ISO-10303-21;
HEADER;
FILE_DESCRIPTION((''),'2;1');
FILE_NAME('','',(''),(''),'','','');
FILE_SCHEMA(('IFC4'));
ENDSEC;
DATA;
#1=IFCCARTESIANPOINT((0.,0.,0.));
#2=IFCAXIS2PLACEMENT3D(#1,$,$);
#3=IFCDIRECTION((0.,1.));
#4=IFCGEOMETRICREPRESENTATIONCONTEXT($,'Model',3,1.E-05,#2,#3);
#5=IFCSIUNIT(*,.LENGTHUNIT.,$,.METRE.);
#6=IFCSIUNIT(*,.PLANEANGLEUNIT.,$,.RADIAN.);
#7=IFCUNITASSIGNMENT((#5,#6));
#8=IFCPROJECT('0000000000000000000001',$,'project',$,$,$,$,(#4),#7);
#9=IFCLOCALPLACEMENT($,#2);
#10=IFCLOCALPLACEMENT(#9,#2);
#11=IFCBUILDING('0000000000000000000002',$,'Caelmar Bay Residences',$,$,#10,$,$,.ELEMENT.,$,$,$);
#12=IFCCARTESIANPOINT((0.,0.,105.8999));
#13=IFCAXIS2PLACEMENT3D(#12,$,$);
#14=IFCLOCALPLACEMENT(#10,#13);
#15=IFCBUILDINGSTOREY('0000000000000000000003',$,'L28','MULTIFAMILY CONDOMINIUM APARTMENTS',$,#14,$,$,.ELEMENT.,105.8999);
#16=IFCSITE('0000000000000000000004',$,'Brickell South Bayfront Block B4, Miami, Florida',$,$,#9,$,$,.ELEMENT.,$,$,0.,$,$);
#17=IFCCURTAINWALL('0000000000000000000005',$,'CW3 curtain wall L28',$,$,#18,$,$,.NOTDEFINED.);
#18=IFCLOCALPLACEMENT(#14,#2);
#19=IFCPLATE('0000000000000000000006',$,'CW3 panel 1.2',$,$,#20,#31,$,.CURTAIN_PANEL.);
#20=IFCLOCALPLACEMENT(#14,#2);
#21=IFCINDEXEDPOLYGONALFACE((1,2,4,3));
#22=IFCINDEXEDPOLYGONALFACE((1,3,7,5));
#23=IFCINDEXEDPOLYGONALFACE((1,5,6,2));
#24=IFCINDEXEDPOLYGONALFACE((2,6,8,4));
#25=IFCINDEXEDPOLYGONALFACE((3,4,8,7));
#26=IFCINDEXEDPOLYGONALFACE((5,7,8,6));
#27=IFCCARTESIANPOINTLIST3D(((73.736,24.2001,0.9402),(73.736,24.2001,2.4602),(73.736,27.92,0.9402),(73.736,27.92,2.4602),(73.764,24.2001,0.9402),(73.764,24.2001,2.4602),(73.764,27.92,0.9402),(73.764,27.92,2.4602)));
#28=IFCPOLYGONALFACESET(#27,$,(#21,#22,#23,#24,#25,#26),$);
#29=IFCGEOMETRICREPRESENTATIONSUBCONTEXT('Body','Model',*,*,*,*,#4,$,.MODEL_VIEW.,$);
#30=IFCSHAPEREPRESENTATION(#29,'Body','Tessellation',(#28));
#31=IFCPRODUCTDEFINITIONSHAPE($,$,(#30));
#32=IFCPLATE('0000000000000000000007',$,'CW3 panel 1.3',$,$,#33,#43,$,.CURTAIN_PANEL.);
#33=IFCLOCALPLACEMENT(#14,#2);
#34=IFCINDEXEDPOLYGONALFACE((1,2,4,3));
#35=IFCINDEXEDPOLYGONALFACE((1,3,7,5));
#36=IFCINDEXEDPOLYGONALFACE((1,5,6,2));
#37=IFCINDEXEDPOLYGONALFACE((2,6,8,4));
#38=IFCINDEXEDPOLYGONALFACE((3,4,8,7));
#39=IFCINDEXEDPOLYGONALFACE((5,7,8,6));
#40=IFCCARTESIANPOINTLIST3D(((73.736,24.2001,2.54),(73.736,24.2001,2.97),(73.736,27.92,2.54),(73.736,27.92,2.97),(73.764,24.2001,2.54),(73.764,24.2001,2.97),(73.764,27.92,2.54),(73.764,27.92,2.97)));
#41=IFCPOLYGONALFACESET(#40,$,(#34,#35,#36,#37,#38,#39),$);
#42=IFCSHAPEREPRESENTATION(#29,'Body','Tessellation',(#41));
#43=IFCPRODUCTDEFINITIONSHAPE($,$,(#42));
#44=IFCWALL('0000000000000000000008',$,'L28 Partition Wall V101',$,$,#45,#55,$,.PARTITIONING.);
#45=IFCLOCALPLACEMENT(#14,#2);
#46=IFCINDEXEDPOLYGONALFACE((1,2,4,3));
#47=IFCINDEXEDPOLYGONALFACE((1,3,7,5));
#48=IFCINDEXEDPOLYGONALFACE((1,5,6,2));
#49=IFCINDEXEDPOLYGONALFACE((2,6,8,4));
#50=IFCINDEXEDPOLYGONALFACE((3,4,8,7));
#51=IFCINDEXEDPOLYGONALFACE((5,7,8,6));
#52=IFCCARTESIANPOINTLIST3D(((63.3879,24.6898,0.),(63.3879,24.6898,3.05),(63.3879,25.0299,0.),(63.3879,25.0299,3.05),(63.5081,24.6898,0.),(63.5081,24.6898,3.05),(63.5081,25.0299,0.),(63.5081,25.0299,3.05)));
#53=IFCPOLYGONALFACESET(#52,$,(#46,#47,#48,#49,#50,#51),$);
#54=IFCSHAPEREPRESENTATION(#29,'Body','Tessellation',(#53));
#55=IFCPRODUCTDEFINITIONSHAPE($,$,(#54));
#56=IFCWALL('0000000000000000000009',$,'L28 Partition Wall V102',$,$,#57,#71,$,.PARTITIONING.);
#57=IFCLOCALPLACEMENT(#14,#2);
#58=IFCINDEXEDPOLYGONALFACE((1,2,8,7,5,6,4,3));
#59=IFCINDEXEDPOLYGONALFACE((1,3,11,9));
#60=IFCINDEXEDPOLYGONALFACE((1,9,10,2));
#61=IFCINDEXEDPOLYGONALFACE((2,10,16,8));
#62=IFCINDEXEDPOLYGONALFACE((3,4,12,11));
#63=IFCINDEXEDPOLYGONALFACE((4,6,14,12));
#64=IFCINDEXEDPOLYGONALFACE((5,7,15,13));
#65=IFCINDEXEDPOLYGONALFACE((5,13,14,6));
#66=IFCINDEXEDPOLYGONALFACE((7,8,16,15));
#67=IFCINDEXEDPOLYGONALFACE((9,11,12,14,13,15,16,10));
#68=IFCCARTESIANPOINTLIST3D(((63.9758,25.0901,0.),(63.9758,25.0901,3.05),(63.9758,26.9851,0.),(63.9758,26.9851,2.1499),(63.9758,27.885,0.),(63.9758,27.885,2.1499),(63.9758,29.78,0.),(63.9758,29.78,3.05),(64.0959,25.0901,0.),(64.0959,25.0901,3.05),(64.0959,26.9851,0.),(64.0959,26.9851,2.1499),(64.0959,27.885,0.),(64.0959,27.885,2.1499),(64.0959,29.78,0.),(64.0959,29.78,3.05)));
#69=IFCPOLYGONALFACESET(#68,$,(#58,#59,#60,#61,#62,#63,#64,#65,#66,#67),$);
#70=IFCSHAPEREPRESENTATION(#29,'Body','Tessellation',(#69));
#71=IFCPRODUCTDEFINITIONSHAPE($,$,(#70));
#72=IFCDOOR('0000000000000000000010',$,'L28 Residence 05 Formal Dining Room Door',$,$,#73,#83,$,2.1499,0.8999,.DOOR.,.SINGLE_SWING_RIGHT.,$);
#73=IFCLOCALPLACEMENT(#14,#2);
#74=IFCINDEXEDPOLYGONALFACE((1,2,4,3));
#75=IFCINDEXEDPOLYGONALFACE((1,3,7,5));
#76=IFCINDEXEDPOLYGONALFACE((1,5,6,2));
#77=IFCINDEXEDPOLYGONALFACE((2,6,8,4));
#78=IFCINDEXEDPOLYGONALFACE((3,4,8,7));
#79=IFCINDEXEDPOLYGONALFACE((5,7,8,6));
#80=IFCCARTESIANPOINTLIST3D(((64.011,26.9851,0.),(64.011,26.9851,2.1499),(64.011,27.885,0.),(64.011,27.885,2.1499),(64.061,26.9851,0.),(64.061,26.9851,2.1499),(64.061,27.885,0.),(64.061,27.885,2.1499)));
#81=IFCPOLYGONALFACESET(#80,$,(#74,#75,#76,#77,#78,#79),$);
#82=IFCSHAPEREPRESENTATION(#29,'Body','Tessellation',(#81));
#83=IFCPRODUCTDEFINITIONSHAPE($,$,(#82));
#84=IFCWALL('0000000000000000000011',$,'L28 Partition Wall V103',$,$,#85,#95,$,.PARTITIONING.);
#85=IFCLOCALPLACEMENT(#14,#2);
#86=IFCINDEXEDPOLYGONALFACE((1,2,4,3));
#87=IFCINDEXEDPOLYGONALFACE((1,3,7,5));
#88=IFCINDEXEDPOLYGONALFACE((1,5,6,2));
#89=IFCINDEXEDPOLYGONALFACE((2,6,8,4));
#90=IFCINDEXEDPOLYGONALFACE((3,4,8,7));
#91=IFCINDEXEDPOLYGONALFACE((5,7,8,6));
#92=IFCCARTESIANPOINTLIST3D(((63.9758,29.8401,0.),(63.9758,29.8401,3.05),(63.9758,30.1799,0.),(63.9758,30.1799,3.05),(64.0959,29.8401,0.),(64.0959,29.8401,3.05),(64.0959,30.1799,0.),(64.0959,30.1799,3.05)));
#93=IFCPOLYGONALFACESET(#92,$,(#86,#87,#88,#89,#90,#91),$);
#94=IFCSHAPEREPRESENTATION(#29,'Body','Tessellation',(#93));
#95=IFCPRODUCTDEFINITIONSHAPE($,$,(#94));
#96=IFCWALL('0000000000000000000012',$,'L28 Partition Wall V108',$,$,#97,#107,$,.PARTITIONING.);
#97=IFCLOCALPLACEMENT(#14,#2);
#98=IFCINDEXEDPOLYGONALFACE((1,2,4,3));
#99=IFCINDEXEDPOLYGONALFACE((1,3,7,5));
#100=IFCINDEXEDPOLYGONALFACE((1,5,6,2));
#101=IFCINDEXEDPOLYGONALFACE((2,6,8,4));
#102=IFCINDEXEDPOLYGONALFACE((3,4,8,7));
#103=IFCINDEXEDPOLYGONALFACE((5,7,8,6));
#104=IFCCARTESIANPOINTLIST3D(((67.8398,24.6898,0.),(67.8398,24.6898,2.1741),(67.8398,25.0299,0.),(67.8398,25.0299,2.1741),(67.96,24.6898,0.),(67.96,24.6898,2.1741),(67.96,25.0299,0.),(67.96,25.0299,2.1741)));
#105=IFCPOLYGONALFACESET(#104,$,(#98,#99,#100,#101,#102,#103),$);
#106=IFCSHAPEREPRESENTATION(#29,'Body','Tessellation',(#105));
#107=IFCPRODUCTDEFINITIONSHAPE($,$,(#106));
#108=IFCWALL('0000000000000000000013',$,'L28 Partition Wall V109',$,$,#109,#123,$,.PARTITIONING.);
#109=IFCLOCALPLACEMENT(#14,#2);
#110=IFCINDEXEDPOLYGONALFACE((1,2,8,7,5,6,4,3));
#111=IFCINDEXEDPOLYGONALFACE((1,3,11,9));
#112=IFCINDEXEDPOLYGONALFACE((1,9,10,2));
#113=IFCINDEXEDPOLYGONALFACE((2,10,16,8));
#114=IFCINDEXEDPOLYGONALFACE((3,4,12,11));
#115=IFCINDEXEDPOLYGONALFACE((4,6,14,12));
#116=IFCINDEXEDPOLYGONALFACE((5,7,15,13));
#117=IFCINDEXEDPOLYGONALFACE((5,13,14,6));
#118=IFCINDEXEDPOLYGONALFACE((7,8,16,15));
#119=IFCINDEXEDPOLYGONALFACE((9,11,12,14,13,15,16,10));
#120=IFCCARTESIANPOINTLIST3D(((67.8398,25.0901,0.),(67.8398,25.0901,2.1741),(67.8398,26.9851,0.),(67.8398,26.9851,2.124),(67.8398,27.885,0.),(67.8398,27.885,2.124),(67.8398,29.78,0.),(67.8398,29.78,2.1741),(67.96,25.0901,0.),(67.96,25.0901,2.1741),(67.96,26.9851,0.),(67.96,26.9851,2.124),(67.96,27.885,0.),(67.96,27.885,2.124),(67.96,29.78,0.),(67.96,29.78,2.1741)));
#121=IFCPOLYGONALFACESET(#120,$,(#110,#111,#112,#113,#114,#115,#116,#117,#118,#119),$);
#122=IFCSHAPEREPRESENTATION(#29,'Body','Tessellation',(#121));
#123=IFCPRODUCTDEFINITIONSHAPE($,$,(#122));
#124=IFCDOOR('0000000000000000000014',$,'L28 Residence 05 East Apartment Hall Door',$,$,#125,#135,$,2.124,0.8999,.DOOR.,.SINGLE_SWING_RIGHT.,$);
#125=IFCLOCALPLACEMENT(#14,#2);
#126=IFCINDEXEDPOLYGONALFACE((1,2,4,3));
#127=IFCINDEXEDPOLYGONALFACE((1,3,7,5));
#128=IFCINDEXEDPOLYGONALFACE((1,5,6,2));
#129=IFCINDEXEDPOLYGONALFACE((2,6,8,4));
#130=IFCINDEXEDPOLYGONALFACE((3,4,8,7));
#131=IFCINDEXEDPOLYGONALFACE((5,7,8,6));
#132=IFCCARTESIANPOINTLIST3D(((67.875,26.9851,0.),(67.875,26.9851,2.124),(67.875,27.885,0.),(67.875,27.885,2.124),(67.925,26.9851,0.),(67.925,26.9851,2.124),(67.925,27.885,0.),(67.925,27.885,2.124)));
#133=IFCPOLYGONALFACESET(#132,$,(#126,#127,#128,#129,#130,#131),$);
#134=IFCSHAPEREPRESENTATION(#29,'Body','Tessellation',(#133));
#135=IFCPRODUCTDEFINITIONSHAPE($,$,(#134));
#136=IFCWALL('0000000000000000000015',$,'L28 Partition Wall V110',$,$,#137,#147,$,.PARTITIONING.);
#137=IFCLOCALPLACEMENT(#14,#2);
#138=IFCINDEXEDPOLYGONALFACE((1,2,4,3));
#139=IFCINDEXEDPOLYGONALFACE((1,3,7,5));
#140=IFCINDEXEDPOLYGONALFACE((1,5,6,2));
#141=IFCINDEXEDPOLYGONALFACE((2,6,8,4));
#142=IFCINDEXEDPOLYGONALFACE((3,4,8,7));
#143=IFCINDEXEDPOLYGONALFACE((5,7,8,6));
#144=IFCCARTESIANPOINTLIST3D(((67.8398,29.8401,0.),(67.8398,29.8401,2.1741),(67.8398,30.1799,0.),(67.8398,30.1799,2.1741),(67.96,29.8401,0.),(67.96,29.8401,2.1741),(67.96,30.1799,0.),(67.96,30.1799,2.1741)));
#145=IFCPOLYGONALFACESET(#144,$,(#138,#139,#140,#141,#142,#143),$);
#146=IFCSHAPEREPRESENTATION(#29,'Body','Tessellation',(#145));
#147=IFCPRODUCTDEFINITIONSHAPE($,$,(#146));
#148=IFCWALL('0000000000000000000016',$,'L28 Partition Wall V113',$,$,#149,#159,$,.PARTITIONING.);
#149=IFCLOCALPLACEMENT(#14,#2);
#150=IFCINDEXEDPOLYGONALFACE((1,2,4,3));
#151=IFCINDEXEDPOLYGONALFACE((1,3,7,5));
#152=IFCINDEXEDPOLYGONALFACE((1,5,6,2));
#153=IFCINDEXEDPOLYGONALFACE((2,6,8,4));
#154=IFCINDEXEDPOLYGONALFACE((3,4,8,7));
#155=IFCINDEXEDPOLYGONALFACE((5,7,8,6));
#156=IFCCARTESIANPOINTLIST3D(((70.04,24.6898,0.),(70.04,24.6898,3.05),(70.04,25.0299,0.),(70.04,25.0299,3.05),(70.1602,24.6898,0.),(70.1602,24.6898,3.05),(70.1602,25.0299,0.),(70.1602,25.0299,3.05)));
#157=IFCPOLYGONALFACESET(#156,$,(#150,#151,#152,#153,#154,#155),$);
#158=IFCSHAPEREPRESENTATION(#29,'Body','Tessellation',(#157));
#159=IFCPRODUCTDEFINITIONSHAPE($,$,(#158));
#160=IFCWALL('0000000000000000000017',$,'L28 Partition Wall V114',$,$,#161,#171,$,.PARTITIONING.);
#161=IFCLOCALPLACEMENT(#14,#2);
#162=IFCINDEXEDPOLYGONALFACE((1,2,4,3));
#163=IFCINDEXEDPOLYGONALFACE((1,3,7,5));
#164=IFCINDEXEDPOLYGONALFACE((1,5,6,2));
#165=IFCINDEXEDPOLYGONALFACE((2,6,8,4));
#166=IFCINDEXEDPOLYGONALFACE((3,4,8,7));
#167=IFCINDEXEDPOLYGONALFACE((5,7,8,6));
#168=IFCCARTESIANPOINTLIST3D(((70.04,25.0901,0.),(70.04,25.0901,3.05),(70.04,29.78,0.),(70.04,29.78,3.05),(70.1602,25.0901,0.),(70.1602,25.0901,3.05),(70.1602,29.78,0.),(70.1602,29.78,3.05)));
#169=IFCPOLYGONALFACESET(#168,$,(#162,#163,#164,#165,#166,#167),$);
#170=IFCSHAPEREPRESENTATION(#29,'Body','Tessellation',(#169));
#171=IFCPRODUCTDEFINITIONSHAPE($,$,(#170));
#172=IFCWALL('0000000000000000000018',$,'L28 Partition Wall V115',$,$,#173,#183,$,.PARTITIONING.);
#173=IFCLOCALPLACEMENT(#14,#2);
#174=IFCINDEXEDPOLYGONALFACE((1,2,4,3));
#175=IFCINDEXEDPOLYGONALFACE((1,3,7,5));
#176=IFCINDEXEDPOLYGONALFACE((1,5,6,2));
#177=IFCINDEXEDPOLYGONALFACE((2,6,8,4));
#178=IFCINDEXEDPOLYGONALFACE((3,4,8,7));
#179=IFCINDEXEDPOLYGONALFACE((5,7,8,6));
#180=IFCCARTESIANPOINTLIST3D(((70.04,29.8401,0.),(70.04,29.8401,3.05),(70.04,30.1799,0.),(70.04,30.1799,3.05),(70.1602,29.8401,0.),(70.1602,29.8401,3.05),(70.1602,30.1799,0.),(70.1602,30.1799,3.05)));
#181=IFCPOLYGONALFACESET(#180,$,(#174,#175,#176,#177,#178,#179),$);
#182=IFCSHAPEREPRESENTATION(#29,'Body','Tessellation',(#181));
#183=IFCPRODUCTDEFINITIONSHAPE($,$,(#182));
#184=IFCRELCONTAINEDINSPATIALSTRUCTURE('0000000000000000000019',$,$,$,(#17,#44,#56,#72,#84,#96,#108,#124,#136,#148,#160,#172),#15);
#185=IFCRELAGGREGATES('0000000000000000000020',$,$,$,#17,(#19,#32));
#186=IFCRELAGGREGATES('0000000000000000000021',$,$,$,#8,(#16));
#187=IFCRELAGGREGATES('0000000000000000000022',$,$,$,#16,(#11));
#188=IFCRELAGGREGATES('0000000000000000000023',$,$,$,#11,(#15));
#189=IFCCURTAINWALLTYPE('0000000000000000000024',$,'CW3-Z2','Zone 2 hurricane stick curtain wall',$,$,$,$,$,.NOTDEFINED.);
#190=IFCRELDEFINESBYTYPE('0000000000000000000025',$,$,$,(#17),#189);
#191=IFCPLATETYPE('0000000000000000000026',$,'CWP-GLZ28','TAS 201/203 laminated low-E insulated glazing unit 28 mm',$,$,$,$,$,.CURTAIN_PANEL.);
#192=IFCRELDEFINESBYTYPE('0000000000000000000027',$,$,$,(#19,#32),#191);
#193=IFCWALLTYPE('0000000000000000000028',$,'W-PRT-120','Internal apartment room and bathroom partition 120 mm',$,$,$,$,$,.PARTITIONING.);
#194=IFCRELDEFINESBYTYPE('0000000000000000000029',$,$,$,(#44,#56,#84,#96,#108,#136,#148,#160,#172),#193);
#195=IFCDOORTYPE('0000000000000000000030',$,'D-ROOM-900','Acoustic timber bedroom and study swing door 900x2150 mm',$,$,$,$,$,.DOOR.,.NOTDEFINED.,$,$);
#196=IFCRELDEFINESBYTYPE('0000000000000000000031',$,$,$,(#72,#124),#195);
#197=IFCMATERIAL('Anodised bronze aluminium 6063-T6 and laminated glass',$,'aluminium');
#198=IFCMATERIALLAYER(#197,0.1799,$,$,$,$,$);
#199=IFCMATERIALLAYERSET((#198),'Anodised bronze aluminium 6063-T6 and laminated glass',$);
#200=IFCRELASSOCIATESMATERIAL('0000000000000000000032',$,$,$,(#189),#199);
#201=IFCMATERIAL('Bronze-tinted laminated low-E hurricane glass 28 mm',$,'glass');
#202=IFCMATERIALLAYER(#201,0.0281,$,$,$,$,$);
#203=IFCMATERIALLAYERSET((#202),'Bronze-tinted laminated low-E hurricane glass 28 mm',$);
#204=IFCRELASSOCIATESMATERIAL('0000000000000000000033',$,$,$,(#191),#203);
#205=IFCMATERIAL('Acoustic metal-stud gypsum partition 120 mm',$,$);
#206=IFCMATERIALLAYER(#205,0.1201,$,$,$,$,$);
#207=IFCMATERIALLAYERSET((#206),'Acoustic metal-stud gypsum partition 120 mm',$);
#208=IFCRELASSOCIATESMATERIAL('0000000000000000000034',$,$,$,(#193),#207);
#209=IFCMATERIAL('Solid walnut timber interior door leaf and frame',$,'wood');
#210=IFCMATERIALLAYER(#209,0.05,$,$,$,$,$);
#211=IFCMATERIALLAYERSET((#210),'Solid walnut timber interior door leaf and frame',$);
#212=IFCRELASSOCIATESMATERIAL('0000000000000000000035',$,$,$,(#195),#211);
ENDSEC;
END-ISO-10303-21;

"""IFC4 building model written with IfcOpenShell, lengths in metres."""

from ifc_helpers import new_model, si_unit, direction, frame, frame_2d, origin, origin_2d, place, context, subcontext, project, spatial, rectangle, extrude, material, layer, layer_set, type_object, element, fill, aggregate, save


model = new_model("IFC4")

# Units and contexts
model_context = context("Model", 3, precision=1e-05, world=origin(), true_north=direction((0.0, 1.0)))
body_context = subcontext(model_context, "Body", "Model", "MODEL_VIEW")
ifc_project = project(units=[si_unit("LENGTHUNIT", "METRE"), si_unit("PLANEANGLEUNIT", "RADIAN")], contexts=[model_context])

# Site, building, storey
site_placement = place(None, origin())
site = spatial("IfcSite", under=ifc_project, at=site_placement, Name="Brickell South Bayfront Block B4, Miami, Florida", CompositionType="ELEMENT", RefElevation=0.0)
building_placement = place(site_placement, origin())
building = spatial("IfcBuilding", under=site, at=building_placement, Name="Caelmar Bay Residences", CompositionType="ELEMENT")
storey_placement = place(building_placement, frame((0.0, 0.0, 105.8999)))
storey = spatial("IfcBuildingStorey", under=building, at=storey_placement, Name="L28", Description="MULTIFAMILY CONDOMINIUM APARTMENTS", CompositionType="ELEMENT", Elevation=105.8999)

# Curtain wall, plates
ifc_material_1 = material(Name="Anodised bronze aluminium 6063-T6 and laminated glass", Category="aluminium")
ifc_layer_1 = layer(ifc_material_1, 0.1799)
ifc_layer_set_1 = layer_set([ifc_layer_1], Name="Anodised bronze aluminium 6063-T6 and laminated glass")
curtain_wall_type = type_object("IfcCurtainWallType", Name="CW3-Z2", Description="Zone 2 hurricane stick curtain wall", PredefinedType="NOTDEFINED", material=ifc_layer_set_1)
curtain_wall_placement = place(storey_placement, origin())
curtain_wall = element("IfcCurtainWall", 1, at=curtain_wall_placement, inside=storey, type_object=curtain_wall_type, Name="CW3 curtain wall L28", PredefinedType="NOTDEFINED")
ifc_material_2 = material(Name="Bronze-tinted laminated low-E hurricane glass 28 mm", Category="glass")
ifc_layer_2 = layer(ifc_material_2, 0.0281)
ifc_layer_set_2 = layer_set([ifc_layer_2], Name="Bronze-tinted laminated low-E hurricane glass 28 mm")
plate_type = type_object("IfcPlateType", Name="CWP-GLZ28", Description="TAS 201/203 laminated low-E insulated glazing unit 28 mm", PredefinedType="CURTAIN_PANEL", material=ifc_layer_set_2)
plate_1_placement = place(storey_placement, frame((73.75, 26.0601, 0.9402), z_axis=(0.0, 0.0, 1.0), x_axis=(0.0, -1.0, 0.0)))
plate_1 = element("IfcPlate", 2, at=plate_1_placement, type_object=plate_type, Name="CW3 panel 1.2", PredefinedType="CURTAIN_PANEL", context=body_context, shape_type="SweptSolid", body=[
    extrude(rectangle(XDim=3.72, YDim=0.0281, at=origin_2d()), origin(), (0.0, 0.0, 1.0), 1.52),
])
plate_2_placement = place(storey_placement, frame((73.75, 26.0601, 2.54), z_axis=(0.0, 0.0, 1.0), x_axis=(0.0, -1.0, 0.0)))
plate_2 = element("IfcPlate", 3, at=plate_2_placement, type_object=plate_type, Name="CW3 panel 1.3", PredefinedType="CURTAIN_PANEL", context=body_context, shape_type="SweptSolid", body=[
    extrude(rectangle(XDim=3.72, YDim=0.0281, at=origin_2d()), origin(), (0.0, 0.0, 1.0), 0.4299),
])
aggregate(curtain_wall, [plate_1, plate_2])

# Wall
ifc_material_3 = material(Name="Acoustic metal-stud gypsum partition 120 mm")
ifc_layer_3 = layer(ifc_material_3, 0.1201)
ifc_layer_set_3 = layer_set([ifc_layer_3], Name="Acoustic metal-stud gypsum partition 120 mm")
wall_type_1 = type_object("IfcWallType", Name="W-PRT-120", Description="Internal apartment room and bathroom partition 120 mm", PredefinedType="PARTITIONING", material=ifc_layer_set_3)
wall_1_placement = place(storey_placement, frame((63.448, 24.6899, 0.0), z_axis=(0.0, 0.0, 1.0), x_axis=(0.0, 1.0, 0.0)))
element("IfcWall", 4, at=wall_1_placement, inside=storey, type_object=wall_type_1, Name="L28 Partition Wall V101", PredefinedType="PARTITIONING", context=body_context, shape_type="SweptSolid", body=[
    extrude(rectangle(XDim=0.3401, YDim=0.1201, at=frame_2d((0.1699, 0.0))), origin(), (0.0, 0.0, 1.0), 3.05),
])

# Wall, opening, door
wall_2_placement = place(storey_placement, frame((64.0359, 25.0901, 0.0), z_axis=(0.0, 0.0, 1.0), x_axis=(0.0, 1.0, 0.0)))
wall_2 = element("IfcWall", 5, at=wall_2_placement, inside=storey, type_object=wall_type_1, Name="L28 Partition Wall V102", PredefinedType="PARTITIONING", context=body_context, shape_type="SweptSolid", body=[
    extrude(rectangle(XDim=4.6899, YDim=0.1201, at=frame_2d((2.345, 0.0))), origin(), (0.0, 0.0, 1.0), 3.05),
])
opening_1_placement = place(wall_2_placement, frame((1.895, 0.0, 0.0)))
opening_1 = element("IfcOpeningElement", 6, at=opening_1_placement, cuts=wall_2, PredefinedType="OPENING", context=body_context, shape_type="SweptSolid", body=[
    extrude(rectangle(XDim=0.8999, YDim=2.1499, at=frame_2d((0.45, 1.075))), frame((0.0, 0.0701, 0.0), z_axis=(0.0, -1.0, 0.0), x_axis=(1.0, 0.0, 0.0)), (0.0, 0.0, 1.0), 0.1401),
])
ifc_material_4 = material(Name="Solid walnut timber interior door leaf and frame", Category="wood")
ifc_layer_4 = layer(ifc_material_4, 0.05)
ifc_layer_set_4 = layer_set([ifc_layer_4], Name="Solid walnut timber interior door leaf and frame")
door_type = type_object("IfcDoorType", Name="D-ROOM-900", Description="Acoustic timber bedroom and study swing door 900x2150 mm", OperationType="NOTDEFINED", PredefinedType="DOOR", material=ifc_layer_set_4)
door_1_placement = place(opening_1_placement, origin())
door_1 = element("IfcDoor", 7, at=door_1_placement, inside=storey, type_object=door_type, Name="L28 Residence 05 Formal Dining Room Door", OperationType="SINGLE_SWING_RIGHT", OverallHeight=2.1499, OverallWidth=0.8999, PredefinedType="DOOR", context=body_context, shape_type="SweptSolid", body=[
    extrude(rectangle(XDim=0.8999, YDim=2.1499, at=frame_2d((0.45, 1.075))), frame((0.0, 0.0249, 0.0), z_axis=(0.0, -1.0, 0.0), x_axis=(1.0, 0.0, 0.0)), (0.0, 0.0, 1.0), 0.05),
])
fill(opening_1, door_1)

# Walls
wall_3_placement = place(storey_placement, frame((64.0359, 29.8401, 0.0), z_axis=(0.0, 0.0, 1.0), x_axis=(0.0, 1.0, 0.0)))
element("IfcWall", 8, at=wall_3_placement, inside=storey, type_object=wall_type_1, Name="L28 Partition Wall V103", PredefinedType="PARTITIONING", context=body_context, shape_type="SweptSolid", body=[
    extrude(rectangle(XDim=0.3398, YDim=0.1201, at=frame_2d((0.1699, 0.0))), origin(), (0.0, 0.0, 1.0), 3.05),
])
wall_4_placement = place(storey_placement, frame((67.8999, 24.6899, 0.0), z_axis=(0.0, 0.0, 1.0), x_axis=(0.0, 1.0, 0.0)))
element("IfcWall", 9, at=wall_4_placement, inside=storey, type_object=wall_type_1, Name="L28 Partition Wall V108", PredefinedType="PARTITIONING", context=body_context, shape_type="SweptSolid", body=[
    extrude(rectangle(XDim=0.3401, YDim=0.1201, at=frame_2d((0.1699, 0.0))), origin(), (0.0, 0.0, 1.0), 2.1741),
])

# Wall, opening, door
wall_5_placement = place(storey_placement, frame((67.8999, 25.0901, 0.0), z_axis=(0.0, 0.0, 1.0), x_axis=(0.0, 1.0, 0.0)))
wall_5 = element("IfcWall", 10, at=wall_5_placement, inside=storey, type_object=wall_type_1, Name="L28 Partition Wall V109", PredefinedType="PARTITIONING", context=body_context, shape_type="SweptSolid", body=[
    extrude(rectangle(XDim=4.6899, YDim=0.1201, at=frame_2d((2.345, 0.0))), origin(), (0.0, 0.0, 1.0), 2.1741),
])
opening_2_placement = place(wall_5_placement, frame((1.895, 0.0, 0.0)))
opening_2 = element("IfcOpeningElement", 11, at=opening_2_placement, cuts=wall_5, PredefinedType="OPENING", context=body_context, shape_type="SweptSolid", body=[
    extrude(rectangle(XDim=0.8999, YDim=2.124, at=frame_2d((0.45, 1.062))), frame((0.0, 0.0701, 0.0), z_axis=(0.0, -1.0, 0.0), x_axis=(1.0, 0.0, 0.0)), (0.0, 0.0, 1.0), 0.1401),
])
door_2_placement = place(opening_2_placement, origin())
door_2 = element("IfcDoor", 12, at=door_2_placement, inside=storey, type_object=door_type, Name="L28 Residence 05 East Apartment Hall Door", OperationType="SINGLE_SWING_RIGHT", OverallHeight=2.124, OverallWidth=0.8999, PredefinedType="DOOR", context=body_context, shape_type="SweptSolid", body=[
    extrude(rectangle(XDim=0.8999, YDim=2.124, at=frame_2d((0.45, 1.062))), frame((0.0, 0.0249, 0.0), z_axis=(0.0, -1.0, 0.0), x_axis=(1.0, 0.0, 0.0)), (0.0, 0.0, 1.0), 0.05),
])
fill(opening_2, door_2)

# Walls
wall_6_placement = place(storey_placement, frame((67.8999, 29.8401, 0.0), z_axis=(0.0, 0.0, 1.0), x_axis=(0.0, 1.0, 0.0)))
element("IfcWall", 13, at=wall_6_placement, inside=storey, type_object=wall_type_1, Name="L28 Partition Wall V110", PredefinedType="PARTITIONING", context=body_context, shape_type="SweptSolid", body=[
    extrude(rectangle(XDim=0.3398, YDim=0.1201, at=frame_2d((0.1699, 0.0))), origin(), (0.0, 0.0, 1.0), 2.1741),
])
wall_7_placement = place(storey_placement, frame((70.1001, 24.6899, 0.0), z_axis=(0.0, 0.0, 1.0), x_axis=(0.0, 1.0, 0.0)))
element("IfcWall", 14, at=wall_7_placement, inside=storey, type_object=wall_type_1, Name="L28 Partition Wall V113", PredefinedType="PARTITIONING", context=body_context, shape_type="SweptSolid", body=[
    extrude(rectangle(XDim=0.3401, YDim=0.1201, at=frame_2d((0.1699, 0.0))), origin(), (0.0, 0.0, 1.0), 3.05),
])
wall_8_placement = place(storey_placement, frame((70.1001, 25.0901, 0.0), z_axis=(0.0, 0.0, 1.0), x_axis=(0.0, 1.0, 0.0)))
element("IfcWall", 15, at=wall_8_placement, inside=storey, type_object=wall_type_1, Name="L28 Partition Wall V114", PredefinedType="PARTITIONING", context=body_context, shape_type="SweptSolid", body=[
    extrude(rectangle(XDim=4.6899, YDim=0.1201, at=frame_2d((2.345, 0.0))), origin(), (0.0, 0.0, 1.0), 3.05),
])
wall_9_placement = place(storey_placement, frame((70.1001, 29.8401, 0.0), z_axis=(0.0, 0.0, 1.0), x_axis=(0.0, 1.0, 0.0)))
element("IfcWall", 16, at=wall_9_placement, inside=storey, type_object=wall_type_1, Name="L28 Partition Wall V115", PredefinedType="PARTITIONING", context=body_context, shape_type="SweptSolid", body=[
    extrude(rectangle(XDim=0.3398, YDim=0.1201, at=frame_2d((0.1699, 0.0))), origin(), (0.0, 0.0, 1.0), 3.05),
])

save(model, "model.ifc")
